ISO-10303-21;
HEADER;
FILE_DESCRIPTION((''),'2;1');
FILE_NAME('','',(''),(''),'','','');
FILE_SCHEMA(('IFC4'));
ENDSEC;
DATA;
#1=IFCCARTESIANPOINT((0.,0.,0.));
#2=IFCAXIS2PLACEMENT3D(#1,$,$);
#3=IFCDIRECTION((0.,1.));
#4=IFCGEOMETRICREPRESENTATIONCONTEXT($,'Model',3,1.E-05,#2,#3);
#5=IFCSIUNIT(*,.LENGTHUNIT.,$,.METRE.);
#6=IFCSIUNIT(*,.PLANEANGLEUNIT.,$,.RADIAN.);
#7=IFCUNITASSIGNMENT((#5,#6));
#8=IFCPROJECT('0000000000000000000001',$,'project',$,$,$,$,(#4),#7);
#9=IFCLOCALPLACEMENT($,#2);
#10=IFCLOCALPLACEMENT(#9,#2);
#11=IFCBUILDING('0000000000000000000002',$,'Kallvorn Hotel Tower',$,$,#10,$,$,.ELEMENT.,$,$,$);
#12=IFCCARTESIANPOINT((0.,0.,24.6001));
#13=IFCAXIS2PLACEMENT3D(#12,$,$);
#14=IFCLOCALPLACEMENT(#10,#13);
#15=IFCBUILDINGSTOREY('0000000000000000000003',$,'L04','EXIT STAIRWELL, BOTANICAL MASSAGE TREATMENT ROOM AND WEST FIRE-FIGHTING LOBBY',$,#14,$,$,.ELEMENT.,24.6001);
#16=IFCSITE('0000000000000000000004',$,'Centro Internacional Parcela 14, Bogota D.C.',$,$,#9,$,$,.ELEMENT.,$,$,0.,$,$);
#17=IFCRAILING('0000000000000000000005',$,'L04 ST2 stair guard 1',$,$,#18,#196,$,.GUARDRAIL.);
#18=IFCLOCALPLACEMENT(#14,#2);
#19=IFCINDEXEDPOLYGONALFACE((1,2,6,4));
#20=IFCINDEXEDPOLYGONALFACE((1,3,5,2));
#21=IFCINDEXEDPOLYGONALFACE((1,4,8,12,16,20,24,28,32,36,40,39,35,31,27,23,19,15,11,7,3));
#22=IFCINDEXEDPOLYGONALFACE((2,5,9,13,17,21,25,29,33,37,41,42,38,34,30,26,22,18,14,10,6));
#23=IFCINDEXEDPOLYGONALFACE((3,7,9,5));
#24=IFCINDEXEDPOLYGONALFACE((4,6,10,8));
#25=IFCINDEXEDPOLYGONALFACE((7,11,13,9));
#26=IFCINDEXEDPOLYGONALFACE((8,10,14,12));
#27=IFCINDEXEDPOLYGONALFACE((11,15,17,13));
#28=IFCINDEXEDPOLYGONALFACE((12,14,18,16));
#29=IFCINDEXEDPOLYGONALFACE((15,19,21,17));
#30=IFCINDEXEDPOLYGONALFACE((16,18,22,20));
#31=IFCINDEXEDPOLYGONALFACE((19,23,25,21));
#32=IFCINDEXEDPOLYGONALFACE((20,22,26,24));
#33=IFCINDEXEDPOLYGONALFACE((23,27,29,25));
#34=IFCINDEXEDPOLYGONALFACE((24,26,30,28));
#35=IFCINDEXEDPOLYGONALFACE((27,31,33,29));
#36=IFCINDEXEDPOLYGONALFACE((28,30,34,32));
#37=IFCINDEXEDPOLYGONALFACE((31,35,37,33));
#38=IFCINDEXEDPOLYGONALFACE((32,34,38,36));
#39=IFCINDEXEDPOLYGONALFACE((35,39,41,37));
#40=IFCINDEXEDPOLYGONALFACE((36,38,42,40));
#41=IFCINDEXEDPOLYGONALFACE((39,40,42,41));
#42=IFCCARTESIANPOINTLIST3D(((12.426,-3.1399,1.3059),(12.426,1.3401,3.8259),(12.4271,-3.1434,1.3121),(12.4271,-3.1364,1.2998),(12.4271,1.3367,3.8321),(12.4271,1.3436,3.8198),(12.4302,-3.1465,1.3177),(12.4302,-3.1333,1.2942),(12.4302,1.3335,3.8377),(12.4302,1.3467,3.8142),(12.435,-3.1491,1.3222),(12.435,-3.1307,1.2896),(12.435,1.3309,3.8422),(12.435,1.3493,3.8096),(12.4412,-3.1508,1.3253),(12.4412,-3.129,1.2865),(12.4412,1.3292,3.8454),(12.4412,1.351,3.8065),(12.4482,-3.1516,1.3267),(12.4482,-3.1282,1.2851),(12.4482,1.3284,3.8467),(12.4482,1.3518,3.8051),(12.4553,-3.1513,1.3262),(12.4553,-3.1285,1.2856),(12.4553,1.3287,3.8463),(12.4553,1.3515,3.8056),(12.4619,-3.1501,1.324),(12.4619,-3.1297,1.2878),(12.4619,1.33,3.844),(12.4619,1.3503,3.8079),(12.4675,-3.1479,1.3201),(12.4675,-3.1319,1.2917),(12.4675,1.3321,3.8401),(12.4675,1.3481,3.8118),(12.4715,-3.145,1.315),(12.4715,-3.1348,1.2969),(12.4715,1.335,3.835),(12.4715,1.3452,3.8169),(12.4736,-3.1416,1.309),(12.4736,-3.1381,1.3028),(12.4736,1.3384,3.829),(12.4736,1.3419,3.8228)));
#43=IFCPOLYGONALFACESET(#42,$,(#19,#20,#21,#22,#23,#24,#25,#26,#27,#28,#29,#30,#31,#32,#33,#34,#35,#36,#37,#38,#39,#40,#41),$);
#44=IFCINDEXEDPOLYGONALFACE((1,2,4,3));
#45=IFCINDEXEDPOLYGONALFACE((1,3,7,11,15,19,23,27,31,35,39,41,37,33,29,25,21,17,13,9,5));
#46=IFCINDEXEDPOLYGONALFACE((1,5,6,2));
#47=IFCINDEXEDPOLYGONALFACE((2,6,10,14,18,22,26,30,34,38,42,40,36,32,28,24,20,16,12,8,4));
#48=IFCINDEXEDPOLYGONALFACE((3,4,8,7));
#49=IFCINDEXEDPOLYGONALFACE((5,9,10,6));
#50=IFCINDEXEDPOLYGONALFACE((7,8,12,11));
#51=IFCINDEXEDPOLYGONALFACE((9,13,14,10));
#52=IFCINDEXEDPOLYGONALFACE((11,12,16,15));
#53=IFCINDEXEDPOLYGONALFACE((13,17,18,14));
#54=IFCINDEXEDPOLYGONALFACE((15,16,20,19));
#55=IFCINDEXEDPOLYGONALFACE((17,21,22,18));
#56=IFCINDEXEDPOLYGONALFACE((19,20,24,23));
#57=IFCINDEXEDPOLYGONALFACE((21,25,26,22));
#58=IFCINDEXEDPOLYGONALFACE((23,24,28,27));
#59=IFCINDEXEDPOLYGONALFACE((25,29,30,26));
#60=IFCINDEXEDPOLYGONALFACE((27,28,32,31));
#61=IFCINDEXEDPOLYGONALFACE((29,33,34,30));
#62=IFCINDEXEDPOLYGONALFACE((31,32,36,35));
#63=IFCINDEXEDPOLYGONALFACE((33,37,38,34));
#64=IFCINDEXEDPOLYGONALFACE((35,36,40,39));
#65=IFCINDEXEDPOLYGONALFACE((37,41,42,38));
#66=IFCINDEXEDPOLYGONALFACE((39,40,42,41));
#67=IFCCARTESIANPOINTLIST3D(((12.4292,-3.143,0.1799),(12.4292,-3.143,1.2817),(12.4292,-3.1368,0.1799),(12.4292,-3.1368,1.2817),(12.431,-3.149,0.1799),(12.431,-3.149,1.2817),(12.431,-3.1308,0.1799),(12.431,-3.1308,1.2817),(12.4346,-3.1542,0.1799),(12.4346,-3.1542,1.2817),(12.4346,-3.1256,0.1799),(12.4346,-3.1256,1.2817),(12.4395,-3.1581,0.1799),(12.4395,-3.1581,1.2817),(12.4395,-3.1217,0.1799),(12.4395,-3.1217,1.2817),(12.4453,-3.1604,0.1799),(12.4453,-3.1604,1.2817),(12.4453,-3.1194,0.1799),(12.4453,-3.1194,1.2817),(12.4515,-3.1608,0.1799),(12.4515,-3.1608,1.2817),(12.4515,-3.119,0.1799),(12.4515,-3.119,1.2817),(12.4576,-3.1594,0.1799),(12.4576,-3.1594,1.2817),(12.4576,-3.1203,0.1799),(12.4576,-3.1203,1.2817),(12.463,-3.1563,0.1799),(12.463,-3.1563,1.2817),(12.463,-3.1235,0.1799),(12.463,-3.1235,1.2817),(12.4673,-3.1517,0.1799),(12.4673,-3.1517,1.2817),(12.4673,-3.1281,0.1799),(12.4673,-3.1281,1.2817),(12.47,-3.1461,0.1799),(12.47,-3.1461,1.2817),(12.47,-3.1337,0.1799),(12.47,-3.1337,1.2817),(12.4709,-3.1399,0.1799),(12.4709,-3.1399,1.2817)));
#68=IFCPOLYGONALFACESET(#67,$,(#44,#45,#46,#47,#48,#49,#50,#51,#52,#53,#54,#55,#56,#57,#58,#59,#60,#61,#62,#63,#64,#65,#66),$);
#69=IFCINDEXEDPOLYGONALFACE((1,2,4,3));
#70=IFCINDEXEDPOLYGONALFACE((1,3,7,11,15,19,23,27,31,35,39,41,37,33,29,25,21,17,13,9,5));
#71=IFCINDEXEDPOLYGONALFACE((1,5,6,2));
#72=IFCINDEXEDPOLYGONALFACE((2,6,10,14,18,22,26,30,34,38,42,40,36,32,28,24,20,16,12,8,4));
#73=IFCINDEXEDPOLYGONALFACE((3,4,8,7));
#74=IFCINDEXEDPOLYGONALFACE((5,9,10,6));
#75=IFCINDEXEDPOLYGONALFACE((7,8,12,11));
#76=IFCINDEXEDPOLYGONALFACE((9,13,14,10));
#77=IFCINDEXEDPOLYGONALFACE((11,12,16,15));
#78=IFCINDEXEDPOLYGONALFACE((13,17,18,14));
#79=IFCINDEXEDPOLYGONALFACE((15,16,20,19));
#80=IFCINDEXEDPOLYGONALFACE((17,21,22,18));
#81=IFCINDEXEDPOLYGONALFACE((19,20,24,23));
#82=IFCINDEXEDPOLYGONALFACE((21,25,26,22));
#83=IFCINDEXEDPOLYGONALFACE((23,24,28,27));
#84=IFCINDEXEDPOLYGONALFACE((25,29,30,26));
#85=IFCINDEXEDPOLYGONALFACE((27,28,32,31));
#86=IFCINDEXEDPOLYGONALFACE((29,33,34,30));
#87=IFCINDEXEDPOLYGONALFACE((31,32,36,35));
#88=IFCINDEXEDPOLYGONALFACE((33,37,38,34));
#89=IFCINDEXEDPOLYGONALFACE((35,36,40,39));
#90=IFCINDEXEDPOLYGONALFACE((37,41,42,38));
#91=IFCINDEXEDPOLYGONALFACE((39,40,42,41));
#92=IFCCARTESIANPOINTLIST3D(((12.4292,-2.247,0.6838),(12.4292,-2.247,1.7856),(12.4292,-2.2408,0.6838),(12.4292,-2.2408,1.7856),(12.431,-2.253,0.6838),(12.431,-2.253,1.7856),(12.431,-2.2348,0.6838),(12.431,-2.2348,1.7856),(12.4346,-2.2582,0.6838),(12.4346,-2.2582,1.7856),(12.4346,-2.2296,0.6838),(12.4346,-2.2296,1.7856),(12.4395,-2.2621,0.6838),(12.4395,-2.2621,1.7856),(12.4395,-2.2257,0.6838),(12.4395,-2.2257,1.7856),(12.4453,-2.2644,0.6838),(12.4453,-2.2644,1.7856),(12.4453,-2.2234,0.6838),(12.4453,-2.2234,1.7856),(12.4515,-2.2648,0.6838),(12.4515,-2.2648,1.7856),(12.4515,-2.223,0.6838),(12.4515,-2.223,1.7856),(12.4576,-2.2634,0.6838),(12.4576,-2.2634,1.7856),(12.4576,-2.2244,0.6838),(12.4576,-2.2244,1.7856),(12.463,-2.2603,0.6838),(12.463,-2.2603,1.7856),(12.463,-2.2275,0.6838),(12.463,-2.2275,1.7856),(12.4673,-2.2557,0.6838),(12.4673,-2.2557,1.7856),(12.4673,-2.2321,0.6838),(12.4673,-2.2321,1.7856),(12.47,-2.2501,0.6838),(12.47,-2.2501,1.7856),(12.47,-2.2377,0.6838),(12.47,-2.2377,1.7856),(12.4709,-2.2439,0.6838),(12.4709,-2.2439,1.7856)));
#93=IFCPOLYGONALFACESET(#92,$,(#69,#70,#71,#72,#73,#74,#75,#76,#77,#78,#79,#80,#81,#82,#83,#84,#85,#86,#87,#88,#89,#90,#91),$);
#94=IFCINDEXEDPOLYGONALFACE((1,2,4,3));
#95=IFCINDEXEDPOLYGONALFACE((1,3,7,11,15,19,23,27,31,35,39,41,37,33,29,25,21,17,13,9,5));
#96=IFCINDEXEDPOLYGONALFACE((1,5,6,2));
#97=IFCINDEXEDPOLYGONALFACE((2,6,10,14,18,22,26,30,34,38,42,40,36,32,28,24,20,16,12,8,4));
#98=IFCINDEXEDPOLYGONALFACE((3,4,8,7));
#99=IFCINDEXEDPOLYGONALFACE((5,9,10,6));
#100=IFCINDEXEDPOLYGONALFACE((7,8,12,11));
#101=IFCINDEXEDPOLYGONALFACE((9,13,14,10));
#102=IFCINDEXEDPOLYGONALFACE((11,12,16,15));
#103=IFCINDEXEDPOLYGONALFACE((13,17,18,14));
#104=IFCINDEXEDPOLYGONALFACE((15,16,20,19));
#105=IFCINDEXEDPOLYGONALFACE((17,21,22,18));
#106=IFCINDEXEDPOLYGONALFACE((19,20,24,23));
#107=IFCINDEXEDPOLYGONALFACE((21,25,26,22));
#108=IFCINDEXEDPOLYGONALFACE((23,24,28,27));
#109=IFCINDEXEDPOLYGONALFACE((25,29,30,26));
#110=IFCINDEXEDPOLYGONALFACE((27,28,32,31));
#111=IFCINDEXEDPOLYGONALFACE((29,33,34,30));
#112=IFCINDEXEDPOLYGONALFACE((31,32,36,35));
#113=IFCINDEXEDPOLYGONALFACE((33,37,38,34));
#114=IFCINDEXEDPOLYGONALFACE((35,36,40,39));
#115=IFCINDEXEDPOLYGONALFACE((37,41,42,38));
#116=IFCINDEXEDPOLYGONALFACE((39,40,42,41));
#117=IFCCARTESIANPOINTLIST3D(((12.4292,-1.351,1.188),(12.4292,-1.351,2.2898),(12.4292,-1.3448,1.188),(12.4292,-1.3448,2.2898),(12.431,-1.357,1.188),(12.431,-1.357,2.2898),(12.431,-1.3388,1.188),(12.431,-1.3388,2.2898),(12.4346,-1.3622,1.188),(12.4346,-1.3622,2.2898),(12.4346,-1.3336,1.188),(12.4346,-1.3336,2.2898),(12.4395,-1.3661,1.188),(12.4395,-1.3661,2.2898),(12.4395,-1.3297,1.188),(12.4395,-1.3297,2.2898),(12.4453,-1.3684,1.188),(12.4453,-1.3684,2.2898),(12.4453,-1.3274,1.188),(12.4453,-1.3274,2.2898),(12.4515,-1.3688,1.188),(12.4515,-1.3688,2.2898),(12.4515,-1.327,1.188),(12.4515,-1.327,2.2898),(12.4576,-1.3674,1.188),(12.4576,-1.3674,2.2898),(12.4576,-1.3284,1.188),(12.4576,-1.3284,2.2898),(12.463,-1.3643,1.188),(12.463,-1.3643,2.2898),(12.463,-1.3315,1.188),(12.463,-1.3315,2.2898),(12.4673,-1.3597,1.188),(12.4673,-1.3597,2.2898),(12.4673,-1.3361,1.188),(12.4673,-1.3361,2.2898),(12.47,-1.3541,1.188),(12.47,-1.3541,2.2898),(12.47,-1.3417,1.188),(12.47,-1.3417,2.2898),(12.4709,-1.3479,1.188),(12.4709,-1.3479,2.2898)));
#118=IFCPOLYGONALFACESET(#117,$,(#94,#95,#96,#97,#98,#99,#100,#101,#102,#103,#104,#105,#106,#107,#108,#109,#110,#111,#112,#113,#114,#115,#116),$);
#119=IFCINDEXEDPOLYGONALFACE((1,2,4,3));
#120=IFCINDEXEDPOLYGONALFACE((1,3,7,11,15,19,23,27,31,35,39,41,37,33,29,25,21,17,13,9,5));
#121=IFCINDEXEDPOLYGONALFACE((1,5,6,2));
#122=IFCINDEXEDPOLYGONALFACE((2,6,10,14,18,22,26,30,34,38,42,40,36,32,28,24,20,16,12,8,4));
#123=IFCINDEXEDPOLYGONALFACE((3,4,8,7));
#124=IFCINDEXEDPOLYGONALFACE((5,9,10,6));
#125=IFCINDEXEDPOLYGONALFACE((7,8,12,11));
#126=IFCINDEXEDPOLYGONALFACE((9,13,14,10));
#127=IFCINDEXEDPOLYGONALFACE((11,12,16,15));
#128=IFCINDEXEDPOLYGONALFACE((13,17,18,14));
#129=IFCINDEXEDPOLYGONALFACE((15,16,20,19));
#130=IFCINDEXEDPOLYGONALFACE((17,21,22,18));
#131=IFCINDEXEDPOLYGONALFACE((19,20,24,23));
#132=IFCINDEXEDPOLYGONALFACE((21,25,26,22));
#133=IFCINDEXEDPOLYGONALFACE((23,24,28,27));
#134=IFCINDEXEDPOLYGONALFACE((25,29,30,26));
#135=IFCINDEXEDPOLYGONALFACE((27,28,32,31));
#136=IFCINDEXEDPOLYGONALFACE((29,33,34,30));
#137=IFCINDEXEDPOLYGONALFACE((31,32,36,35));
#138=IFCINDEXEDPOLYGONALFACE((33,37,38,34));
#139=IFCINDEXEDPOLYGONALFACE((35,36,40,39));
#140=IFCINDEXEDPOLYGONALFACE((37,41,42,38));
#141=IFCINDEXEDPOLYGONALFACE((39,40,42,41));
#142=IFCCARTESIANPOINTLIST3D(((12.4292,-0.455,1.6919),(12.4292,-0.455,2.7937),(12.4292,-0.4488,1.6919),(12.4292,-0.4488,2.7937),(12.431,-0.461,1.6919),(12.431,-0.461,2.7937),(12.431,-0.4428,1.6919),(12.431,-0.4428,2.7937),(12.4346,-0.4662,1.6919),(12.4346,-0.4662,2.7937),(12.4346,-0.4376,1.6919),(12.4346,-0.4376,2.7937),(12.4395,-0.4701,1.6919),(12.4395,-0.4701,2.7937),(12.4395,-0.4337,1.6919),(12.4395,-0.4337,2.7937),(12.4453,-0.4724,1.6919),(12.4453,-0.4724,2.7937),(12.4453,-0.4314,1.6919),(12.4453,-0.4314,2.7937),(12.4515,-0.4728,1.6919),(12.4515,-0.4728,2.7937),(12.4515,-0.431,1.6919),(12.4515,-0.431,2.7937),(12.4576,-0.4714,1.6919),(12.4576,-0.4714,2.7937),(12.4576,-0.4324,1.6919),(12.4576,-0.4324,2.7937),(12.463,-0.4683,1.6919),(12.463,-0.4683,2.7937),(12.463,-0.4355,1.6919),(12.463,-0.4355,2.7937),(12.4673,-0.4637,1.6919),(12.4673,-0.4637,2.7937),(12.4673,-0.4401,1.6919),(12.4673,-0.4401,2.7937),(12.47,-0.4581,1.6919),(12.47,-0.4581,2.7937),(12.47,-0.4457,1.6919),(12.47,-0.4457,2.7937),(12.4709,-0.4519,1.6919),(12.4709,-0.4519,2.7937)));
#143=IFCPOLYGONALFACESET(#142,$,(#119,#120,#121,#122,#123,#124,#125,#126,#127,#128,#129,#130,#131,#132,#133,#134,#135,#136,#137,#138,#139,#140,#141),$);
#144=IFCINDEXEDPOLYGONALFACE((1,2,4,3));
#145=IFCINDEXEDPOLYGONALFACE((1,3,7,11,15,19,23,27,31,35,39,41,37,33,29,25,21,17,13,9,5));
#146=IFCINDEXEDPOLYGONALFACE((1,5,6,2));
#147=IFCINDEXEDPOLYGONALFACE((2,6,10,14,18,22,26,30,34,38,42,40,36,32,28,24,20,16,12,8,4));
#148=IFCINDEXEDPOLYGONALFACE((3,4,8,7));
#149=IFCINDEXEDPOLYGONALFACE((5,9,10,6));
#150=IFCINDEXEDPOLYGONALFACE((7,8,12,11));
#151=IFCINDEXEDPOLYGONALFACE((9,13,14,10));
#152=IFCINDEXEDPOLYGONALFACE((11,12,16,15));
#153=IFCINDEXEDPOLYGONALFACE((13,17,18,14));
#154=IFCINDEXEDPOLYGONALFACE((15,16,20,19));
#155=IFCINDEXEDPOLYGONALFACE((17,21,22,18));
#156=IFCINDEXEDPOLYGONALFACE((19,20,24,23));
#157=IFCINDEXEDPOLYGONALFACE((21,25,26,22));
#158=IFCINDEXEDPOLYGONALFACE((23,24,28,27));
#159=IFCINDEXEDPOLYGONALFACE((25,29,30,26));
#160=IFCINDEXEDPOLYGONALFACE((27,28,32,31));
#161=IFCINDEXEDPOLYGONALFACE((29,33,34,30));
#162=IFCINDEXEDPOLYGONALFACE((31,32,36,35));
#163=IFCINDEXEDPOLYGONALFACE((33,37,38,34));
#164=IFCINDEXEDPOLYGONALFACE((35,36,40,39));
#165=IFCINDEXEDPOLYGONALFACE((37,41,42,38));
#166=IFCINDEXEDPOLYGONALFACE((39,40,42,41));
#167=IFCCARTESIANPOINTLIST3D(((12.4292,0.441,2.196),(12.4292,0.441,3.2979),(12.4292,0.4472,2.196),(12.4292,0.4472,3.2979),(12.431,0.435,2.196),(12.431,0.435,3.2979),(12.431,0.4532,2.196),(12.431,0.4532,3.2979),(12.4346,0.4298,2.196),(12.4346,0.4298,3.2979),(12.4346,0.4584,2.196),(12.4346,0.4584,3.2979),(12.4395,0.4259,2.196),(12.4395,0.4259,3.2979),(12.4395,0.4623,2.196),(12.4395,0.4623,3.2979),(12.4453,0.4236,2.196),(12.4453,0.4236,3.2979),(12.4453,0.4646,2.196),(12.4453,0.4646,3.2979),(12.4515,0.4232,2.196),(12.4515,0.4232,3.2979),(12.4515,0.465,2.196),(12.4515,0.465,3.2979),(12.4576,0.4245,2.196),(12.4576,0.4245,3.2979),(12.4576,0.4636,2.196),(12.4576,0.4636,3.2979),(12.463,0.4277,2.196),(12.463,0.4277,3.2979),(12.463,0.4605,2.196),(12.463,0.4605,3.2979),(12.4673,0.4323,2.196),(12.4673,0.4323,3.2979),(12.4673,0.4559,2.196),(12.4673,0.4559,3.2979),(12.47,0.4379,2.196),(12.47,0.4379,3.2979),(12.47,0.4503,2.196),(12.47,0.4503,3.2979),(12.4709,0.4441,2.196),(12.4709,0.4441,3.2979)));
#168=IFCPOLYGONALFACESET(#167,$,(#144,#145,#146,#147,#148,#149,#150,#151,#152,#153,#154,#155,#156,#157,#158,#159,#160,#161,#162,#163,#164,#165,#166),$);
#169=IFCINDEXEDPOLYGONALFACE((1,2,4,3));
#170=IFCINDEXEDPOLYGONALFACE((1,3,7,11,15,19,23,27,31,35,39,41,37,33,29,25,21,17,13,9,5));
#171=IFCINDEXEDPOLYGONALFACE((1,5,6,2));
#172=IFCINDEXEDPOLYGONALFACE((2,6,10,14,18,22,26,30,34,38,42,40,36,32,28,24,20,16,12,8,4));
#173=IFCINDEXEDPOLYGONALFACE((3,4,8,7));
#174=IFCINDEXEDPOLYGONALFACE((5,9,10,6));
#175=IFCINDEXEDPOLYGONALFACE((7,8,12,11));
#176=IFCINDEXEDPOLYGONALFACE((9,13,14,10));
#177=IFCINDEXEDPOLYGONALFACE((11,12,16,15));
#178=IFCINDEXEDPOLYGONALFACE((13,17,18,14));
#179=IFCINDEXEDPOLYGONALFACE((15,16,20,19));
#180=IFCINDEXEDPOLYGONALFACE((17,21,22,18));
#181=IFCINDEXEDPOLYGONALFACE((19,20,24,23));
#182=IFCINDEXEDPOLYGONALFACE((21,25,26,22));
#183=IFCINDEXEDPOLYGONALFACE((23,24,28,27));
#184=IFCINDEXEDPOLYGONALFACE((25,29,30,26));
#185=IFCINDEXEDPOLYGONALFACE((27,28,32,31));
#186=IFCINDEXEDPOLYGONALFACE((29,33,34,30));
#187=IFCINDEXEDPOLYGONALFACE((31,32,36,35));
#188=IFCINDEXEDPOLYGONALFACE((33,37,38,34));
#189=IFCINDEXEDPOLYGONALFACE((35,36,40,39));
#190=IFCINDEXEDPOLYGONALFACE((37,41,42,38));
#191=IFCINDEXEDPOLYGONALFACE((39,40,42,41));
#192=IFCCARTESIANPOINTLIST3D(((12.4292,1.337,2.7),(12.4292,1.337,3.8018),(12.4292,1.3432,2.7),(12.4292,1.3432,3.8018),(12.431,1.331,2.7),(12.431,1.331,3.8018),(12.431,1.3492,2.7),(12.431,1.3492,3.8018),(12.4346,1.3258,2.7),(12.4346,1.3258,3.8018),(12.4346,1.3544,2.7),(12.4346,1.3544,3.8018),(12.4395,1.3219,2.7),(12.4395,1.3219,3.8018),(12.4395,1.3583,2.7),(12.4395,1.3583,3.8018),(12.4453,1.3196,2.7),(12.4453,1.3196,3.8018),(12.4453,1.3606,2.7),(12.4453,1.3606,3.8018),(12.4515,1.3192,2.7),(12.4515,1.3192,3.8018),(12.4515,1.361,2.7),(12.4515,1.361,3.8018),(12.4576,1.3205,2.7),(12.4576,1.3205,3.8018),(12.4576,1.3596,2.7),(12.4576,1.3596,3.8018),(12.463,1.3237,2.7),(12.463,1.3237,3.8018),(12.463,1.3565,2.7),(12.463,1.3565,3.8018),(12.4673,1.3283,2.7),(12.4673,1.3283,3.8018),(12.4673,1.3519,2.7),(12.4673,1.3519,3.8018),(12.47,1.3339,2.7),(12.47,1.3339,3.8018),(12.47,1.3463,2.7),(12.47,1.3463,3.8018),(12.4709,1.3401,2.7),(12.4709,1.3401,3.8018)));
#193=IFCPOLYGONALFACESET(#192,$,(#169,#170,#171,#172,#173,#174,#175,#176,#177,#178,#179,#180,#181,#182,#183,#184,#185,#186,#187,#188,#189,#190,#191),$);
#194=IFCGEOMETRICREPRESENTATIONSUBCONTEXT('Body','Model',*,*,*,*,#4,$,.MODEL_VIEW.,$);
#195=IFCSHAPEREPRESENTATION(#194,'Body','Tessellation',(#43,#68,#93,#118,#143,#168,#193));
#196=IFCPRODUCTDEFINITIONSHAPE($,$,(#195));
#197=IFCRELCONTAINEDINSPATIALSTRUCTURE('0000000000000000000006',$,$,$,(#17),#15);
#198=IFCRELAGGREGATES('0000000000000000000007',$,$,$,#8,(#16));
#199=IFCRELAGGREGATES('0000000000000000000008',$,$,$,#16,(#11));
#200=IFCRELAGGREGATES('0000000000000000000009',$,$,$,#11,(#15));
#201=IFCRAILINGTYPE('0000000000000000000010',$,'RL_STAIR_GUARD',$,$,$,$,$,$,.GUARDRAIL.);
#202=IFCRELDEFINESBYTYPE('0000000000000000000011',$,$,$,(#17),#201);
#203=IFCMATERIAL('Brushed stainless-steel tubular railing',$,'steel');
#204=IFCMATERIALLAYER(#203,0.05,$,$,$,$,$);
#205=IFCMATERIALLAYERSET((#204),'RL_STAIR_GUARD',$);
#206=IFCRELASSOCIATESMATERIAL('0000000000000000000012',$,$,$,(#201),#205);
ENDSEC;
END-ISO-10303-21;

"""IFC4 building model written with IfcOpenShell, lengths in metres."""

from ifc_helpers import new_model, si_unit, direction, frame, origin, origin_2d, place, context, subcontext, project, spatial, circle, extrude, material, layer, layer_set, type_object, element, save


model = new_model("IFC4")

# Units and contexts
model_context = context("Model", 3, precision=1e-05, world=origin(), true_north=direction((0.0, 1.0)))
body_context = subcontext(model_context, "Body", "Model", "MODEL_VIEW")
ifc_project = project(units=[si_unit("LENGTHUNIT", "METRE"), si_unit("PLANEANGLEUNIT", "RADIAN")], contexts=[model_context])

# Site, building, storey
site_placement = place(None, origin())
site = spatial("IfcSite", under=ifc_project, at=site_placement, Name="Centro Internacional Parcela 14, Bogota D.C.", CompositionType="ELEMENT", RefElevation=0.0)
building_placement = place(site_placement, origin())
building = spatial("IfcBuilding", under=site, at=building_placement, Name="Kallvorn Hotel Tower", CompositionType="ELEMENT")
storey_placement = place(building_placement, frame((0.0, 0.0, 24.6001)))
storey = spatial("IfcBuildingStorey", under=building, at=storey_placement, Name="L04", Description="EXIT STAIRWELL, BOTANICAL MASSAGE TREATMENT ROOM AND WEST FIRE-FIGHTING LOBBY", CompositionType="ELEMENT", Elevation=24.6001)

# Railing
ifc_material_1 = material(Name="Brushed stainless-steel tubular railing", Category="steel")
ifc_layer_1 = layer(ifc_material_1, 0.05)
ifc_layer_set_1 = layer_set([ifc_layer_1], Name="RL_STAIR_GUARD")
railing_type_1 = type_object("IfcRailingType", Name="RL_STAIR_GUARD", PredefinedType="GUARDRAIL", material=ifc_layer_set_1)
railing_1_placement = place(storey_placement, frame((12.45, -3.1399, 0.1799)))
element("IfcRailing", 1, at=railing_1_placement, inside=storey, type_object=railing_type_1, Name="L04 ST2 stair guard 1", PredefinedType="GUARDRAIL", context=body_context, shape_type="SweptSolid", body=[
    extrude(circle(Radius=0.0239, at=origin_2d()), frame((0.0, 0.0, 1.126), z_axis=(0.0, 0.871573, 0.490266), x_axis=(-1.0, 0.0, 0.0)), (0.0, 0.0, 1.0), 5.1401),
    extrude(circle(Radius=0.021, at=origin_2d()), origin(), (0.0, 0.0, 1.0), 1.1018),
    extrude(circle(Radius=0.021, at=origin_2d()), frame((0.0, 0.896, 0.5039)), (0.0, 0.0, 1.0), 1.1018),
    extrude(circle(Radius=0.021, at=origin_2d()), frame((0.0, 1.792, 1.0081)), (0.0, 0.0, 1.0), 1.1018),
    extrude(circle(Radius=0.021, at=origin_2d()), frame((0.0, 2.688, 1.512)), (0.0, 0.0, 1.0), 1.1018),
    extrude(circle(Radius=0.021, at=origin_2d()), frame((0.0, 3.584, 2.0161)), (0.0, 0.0, 1.0), 1.1018),
    extrude(circle(Radius=0.021, at=origin_2d()), frame((0.0, 4.48, 2.52)), (0.0, 0.0, 1.0), 1.1018),
])

save(model, "model.ifc")
